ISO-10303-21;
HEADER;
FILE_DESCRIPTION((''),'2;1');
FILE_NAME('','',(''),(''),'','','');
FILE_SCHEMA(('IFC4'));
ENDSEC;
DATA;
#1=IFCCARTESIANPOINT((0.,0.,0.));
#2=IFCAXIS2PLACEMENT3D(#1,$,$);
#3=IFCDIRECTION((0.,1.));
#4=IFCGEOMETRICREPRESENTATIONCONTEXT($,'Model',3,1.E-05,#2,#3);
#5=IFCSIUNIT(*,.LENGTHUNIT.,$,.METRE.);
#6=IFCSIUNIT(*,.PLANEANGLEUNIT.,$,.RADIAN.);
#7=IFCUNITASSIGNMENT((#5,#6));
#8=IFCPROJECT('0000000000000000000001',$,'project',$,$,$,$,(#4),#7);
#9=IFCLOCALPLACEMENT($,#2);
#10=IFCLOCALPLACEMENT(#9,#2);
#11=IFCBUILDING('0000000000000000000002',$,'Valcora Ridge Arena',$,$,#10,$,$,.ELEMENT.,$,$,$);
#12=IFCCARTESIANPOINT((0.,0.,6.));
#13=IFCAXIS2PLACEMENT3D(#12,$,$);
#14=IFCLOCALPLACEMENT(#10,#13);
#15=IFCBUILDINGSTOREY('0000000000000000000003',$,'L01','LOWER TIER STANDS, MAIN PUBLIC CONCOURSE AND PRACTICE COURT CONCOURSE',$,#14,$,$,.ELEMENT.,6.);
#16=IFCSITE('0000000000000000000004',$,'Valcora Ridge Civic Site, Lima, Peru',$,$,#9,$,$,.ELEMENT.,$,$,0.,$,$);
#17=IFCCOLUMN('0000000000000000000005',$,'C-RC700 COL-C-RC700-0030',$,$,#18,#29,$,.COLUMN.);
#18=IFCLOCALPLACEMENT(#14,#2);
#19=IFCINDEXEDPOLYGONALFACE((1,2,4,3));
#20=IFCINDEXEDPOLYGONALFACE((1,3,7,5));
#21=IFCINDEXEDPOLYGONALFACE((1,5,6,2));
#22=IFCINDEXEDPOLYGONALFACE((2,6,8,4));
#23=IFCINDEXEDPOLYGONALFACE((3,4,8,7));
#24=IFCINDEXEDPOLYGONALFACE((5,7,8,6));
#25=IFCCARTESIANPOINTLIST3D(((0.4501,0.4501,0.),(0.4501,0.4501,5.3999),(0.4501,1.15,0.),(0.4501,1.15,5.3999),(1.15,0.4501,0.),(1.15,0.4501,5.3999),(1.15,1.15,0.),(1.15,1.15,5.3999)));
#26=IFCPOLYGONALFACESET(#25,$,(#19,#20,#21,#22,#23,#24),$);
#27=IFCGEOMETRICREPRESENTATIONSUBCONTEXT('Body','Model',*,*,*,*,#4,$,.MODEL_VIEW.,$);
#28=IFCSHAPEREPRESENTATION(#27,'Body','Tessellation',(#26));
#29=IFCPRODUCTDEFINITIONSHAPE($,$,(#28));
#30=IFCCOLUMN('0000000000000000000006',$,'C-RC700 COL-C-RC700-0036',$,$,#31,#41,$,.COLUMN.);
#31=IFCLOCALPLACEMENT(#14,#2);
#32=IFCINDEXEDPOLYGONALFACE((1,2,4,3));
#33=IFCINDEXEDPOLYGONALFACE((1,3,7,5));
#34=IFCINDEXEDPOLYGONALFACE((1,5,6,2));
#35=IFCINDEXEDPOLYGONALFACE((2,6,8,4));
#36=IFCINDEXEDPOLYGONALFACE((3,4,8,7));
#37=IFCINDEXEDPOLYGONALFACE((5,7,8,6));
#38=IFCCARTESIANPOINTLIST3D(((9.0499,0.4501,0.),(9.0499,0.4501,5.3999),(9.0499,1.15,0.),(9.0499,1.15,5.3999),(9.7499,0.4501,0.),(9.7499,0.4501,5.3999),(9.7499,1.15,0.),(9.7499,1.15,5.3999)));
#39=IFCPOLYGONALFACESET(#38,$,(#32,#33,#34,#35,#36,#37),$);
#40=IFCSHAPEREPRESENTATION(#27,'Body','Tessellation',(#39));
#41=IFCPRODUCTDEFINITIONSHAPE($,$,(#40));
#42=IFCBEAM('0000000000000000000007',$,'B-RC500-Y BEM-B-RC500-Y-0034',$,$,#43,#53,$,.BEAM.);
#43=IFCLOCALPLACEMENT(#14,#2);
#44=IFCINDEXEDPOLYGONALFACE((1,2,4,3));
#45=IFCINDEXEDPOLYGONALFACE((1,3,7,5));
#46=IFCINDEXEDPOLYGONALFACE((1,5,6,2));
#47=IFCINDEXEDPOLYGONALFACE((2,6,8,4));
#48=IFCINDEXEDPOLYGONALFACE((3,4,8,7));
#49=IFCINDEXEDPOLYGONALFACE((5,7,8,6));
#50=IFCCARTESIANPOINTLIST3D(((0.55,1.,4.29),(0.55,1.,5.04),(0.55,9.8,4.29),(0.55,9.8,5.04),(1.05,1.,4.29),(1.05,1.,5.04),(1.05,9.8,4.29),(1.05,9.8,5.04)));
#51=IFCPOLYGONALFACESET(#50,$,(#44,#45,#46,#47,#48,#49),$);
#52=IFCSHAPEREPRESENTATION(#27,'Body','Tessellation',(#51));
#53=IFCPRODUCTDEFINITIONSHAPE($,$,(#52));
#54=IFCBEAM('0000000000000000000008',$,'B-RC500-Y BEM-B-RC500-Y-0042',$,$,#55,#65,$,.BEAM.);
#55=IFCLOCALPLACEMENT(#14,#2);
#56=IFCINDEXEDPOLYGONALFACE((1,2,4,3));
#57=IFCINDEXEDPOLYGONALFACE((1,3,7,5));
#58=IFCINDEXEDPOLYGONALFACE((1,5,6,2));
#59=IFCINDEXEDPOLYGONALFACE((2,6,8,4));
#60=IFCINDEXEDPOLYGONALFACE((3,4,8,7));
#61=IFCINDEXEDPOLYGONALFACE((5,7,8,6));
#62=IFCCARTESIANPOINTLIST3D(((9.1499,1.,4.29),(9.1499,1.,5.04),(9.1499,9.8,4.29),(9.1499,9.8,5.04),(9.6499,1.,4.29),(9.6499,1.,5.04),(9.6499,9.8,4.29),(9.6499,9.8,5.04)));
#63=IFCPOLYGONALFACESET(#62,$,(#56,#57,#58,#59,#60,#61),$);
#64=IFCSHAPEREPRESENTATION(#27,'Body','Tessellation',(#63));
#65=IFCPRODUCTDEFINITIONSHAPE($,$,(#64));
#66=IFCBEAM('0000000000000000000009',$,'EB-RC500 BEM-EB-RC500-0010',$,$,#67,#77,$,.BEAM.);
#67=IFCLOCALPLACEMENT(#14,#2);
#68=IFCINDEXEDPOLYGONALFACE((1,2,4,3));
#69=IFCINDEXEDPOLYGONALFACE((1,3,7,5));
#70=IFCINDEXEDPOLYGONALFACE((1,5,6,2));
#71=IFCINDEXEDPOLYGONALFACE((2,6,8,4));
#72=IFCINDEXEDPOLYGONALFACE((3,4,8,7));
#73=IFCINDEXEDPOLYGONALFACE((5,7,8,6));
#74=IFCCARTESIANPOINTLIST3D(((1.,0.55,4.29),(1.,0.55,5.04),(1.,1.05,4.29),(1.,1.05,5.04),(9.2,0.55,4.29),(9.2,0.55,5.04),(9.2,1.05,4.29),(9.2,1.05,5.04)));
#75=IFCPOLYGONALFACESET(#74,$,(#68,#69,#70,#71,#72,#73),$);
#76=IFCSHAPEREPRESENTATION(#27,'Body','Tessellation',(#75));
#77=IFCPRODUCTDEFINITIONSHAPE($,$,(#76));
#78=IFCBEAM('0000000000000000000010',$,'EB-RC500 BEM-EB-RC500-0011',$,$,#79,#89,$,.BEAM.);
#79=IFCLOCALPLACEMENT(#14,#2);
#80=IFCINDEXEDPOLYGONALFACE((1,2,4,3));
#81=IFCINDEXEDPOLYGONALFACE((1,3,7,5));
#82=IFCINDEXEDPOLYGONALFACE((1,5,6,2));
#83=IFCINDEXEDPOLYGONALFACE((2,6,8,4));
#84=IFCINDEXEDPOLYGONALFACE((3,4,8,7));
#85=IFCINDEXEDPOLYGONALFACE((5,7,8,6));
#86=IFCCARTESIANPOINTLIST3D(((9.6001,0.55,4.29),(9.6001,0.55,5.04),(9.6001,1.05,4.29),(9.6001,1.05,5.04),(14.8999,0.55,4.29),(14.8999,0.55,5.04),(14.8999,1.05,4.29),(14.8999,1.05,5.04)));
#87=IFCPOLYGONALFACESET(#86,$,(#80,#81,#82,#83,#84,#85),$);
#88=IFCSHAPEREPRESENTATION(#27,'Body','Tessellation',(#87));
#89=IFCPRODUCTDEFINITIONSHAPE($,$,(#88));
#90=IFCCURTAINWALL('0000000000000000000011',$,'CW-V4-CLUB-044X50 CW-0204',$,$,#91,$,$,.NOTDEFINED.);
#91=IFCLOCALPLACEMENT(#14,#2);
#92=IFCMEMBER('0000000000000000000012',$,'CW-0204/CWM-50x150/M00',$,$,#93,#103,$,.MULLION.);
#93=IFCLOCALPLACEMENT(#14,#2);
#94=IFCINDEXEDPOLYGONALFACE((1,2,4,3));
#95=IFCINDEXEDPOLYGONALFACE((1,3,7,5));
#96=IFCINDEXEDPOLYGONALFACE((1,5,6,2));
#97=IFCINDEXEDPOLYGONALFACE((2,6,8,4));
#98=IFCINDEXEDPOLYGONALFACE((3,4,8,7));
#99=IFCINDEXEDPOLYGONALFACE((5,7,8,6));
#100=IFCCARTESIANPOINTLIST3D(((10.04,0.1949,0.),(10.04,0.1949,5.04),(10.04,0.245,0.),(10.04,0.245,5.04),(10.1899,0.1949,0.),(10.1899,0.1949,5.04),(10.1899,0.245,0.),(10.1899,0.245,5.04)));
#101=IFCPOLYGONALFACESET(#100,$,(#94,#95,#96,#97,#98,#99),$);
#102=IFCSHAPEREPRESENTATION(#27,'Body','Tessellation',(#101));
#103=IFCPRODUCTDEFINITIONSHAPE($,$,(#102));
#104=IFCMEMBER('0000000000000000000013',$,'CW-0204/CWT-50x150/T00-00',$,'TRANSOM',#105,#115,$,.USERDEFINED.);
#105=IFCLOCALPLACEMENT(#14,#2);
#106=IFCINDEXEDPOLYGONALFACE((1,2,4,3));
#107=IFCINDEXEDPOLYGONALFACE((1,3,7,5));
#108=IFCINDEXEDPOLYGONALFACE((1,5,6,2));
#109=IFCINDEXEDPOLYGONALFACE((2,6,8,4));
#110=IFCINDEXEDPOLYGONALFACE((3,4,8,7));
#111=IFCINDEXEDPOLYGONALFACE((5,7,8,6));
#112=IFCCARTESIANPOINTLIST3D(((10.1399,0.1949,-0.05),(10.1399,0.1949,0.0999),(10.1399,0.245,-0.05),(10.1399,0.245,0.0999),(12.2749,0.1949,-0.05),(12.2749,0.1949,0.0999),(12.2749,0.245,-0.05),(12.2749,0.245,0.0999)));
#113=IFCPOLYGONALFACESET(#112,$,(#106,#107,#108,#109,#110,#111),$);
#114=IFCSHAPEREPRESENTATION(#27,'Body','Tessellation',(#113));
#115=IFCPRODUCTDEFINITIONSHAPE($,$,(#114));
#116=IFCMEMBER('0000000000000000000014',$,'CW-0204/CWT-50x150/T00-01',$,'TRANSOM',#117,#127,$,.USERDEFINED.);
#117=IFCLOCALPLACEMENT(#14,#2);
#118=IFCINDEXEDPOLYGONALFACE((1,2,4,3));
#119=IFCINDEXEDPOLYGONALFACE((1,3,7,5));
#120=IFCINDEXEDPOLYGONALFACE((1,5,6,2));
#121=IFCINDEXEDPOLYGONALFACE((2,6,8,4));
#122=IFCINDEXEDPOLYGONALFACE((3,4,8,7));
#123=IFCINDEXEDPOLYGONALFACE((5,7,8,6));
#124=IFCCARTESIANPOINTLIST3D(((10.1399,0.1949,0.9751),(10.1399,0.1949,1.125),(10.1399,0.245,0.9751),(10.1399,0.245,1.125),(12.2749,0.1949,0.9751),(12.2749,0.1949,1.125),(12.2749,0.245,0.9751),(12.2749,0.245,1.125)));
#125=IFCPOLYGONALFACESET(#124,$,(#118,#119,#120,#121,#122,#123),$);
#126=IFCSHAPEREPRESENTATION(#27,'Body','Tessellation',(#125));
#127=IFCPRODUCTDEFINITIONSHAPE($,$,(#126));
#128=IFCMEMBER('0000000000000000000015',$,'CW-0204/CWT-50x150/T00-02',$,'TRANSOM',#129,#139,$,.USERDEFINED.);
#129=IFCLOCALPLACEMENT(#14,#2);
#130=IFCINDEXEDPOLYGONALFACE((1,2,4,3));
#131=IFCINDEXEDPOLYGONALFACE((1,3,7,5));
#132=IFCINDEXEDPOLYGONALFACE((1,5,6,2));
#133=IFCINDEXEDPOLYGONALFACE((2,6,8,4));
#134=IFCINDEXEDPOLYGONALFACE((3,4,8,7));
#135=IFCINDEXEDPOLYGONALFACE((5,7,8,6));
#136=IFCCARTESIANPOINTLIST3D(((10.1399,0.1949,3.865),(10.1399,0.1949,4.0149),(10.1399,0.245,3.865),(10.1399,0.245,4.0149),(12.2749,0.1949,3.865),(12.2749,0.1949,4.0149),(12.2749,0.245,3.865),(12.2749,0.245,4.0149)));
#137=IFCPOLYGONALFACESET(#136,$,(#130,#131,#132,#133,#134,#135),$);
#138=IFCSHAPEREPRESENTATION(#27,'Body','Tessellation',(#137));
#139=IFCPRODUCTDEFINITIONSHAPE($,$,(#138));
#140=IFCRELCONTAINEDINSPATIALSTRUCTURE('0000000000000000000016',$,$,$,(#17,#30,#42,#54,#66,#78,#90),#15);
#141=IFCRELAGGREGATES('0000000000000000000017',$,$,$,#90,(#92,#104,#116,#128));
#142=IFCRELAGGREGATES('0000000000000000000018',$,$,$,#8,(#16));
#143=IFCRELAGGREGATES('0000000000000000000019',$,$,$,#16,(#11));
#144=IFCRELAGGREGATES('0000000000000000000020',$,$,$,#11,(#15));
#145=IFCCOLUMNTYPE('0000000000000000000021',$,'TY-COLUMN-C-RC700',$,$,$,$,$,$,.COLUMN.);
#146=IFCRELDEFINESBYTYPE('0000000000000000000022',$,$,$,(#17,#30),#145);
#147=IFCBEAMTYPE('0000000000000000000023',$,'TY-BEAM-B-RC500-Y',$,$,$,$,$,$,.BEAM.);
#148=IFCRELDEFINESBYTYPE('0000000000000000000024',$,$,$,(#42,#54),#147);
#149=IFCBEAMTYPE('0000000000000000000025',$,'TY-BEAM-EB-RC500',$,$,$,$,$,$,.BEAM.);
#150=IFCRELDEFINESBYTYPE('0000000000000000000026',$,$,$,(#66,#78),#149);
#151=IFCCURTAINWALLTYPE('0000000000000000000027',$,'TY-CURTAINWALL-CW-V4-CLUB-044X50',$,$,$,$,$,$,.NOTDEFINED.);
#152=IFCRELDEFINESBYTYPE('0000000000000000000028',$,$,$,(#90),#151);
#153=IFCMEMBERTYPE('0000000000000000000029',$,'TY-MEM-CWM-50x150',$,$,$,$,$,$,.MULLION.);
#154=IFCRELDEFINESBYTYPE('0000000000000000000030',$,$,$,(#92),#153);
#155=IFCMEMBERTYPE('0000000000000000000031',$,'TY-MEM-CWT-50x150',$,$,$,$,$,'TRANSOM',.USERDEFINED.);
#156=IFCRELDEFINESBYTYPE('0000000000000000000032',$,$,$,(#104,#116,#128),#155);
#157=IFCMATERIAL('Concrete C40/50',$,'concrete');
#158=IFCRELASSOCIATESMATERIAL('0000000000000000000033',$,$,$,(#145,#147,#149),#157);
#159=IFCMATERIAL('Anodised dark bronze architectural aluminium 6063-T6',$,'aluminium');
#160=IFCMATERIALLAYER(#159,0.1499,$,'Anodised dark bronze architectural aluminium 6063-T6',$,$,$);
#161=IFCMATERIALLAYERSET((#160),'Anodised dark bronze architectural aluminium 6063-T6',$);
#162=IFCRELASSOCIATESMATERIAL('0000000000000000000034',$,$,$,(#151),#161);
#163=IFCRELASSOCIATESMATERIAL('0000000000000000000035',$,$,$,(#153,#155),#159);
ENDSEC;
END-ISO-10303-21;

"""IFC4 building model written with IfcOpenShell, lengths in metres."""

from ifc_helpers import new_model, si_unit, direction, frame, origin, origin_2d, place, context, subcontext, project, spatial, rectangle, extrude, material, layer, layer_set, material_profile, profile_set, type_object, element, aggregate, save


model = new_model("IFC4")

# Units and contexts
model_context = context("Model", 3, precision=1e-05, world=origin(), true_north=direction((0.0, 1.0)))
body_context = subcontext(model_context, "Body", "Model", "MODEL_VIEW")
ifc_project = project(units=[si_unit("LENGTHUNIT", "METRE"), si_unit("PLANEANGLEUNIT", "RADIAN")], contexts=[model_context])

# Site, building, storey
site_placement = place(None, origin())
site = spatial("IfcSite", under=ifc_project, at=site_placement, Name="Valcora Ridge Civic Site, Lima, Peru", CompositionType="ELEMENT", RefElevation=0.0)
building_placement = place(site_placement, origin())
building = spatial("IfcBuilding", under=site, at=building_placement, Name="Valcora Ridge Arena", CompositionType="ELEMENT")
storey_placement = place(building_placement, frame((0.0, 0.0, 6.0)))
storey = spatial("IfcBuildingStorey", under=building, at=storey_placement, Name="L01", Description="LOWER TIER STANDS, MAIN PUBLIC CONCOURSE AND PRACTICE COURT CONCOURSE", CompositionType="ELEMENT", Elevation=6.0)

# Columns
ifc_material_1 = material(Name="Concrete C40/50", Category="concrete")
ifc_material_profile_1 = material_profile(ifc_material_1, rectangle(XDim=0.7, YDim=0.7, at=origin_2d()), Name="RC 700x700")
ifc_profile_set_1 = profile_set([ifc_material_profile_1], Name="Concrete C40/50")
column_type = type_object("IfcColumnType", Name="TY-COLUMN-C-RC700", PredefinedType="COLUMN", material=ifc_profile_set_1)
for number, where, z_axis, x_axis, name in (
    (1, (0.8, 0.8, 0.0), (0.0, 0.0, 1.0), (1.0, 0.0, 0.0), "C-RC700 COL-C-RC700-0030"),
    (2, (9.3999, 0.8, 0.0), (0.0, 0.0, 1.0), (1.0, 0.0, 0.0), "C-RC700 COL-C-RC700-0036"),
):
    element("IfcColumn", number, at=place(storey_placement, frame(where, z_axis=z_axis, x_axis=x_axis)), inside=storey, type_object=column_type, Name=name, PredefinedType="COLUMN", context=body_context, shape_type="SweptSolid", body=[
        extrude(rectangle(XDim=0.7, YDim=0.7, at=origin_2d()), origin(), (0.0, 0.0, 1.0), 5.3999),
    ])

# Beams
ifc_material_profile_2 = material_profile(ifc_material_1, rectangle(XDim=0.5, YDim=0.75, at=origin_2d()), Name="RC 500x750")
ifc_profile_set_2 = profile_set([ifc_material_profile_2], Name="Concrete C40/50")
beam_type_1 = type_object("IfcBeamType", Name="TY-BEAM-B-RC500-Y", PredefinedType="BEAM", material=ifc_profile_set_2)
for number, where, z_axis, x_axis, name in (
    (3, (0.8, 1.0, 4.665), (0.0, 1.0, 0.0), (-1.0, 0.0, 0.0), "B-RC500-Y BEM-B-RC500-Y-0034"),
    (4, (9.3999, 1.0, 4.665), (0.0, 1.0, 0.0), (-1.0, 0.0, 0.0), "B-RC500-Y BEM-B-RC500-Y-0042"),
):
    element("IfcBeam", number, at=place(storey_placement, frame(where, z_axis=z_axis, x_axis=x_axis)), inside=storey, type_object=beam_type_1, Name=name, PredefinedType="BEAM", context=body_context, shape_type="SweptSolid", body=[
        extrude(rectangle(XDim=0.5, YDim=0.75, at=origin_2d()), origin(), (0.0, 0.0, 1.0), 8.8),
    ])
ifc_material_profile_3 = material_profile(ifc_material_1, rectangle(XDim=0.5, YDim=0.75, at=origin_2d()), Name="RC 500x750")
ifc_profile_set_3 = profile_set([ifc_material_profile_3], Name="Concrete C40/50")
beam_type_2 = type_object("IfcBeamType", Name="TY-BEAM-EB-RC500", PredefinedType="BEAM", material=ifc_profile_set_3)
beam_1_placement = place(storey_placement, frame((1.0, 0.8, 4.665), z_axis=(1.0, 0.0, 0.0), x_axis=(0.0, 1.0, 0.0)))
element("IfcBeam", 5, at=beam_1_placement, inside=storey, type_object=beam_type_2, Name="EB-RC500 BEM-EB-RC500-0010", PredefinedType="BEAM", context=body_context, shape_type="SweptSolid", body=[
    extrude(rectangle(XDim=0.5, YDim=0.75, at=origin_2d()), origin(), (0.0, 0.0, 1.0), 8.2),
])
beam_2_placement = place(storey_placement, frame((9.6001, 0.8, 4.665), z_axis=(1.0, 0.0, 0.0), x_axis=(0.0, 1.0, 0.0)))
element("IfcBeam", 6, at=beam_2_placement, inside=storey, type_object=beam_type_2, Name="EB-RC500 BEM-EB-RC500-0011", PredefinedType="BEAM", context=body_context, shape_type="SweptSolid", body=[
    extrude(rectangle(XDim=0.5, YDim=0.75, at=origin_2d()), origin(), (0.0, 0.0, 1.0), 5.2998),
])

# Curtain wall, members
ifc_material_2 = material(Name="Anodised dark bronze architectural aluminium 6063-T6", Category="aluminium")
ifc_layer_1 = layer(ifc_material_2, 0.1499, Name="Anodised dark bronze architectural aluminium 6063-T6")
ifc_layer_set_1 = layer_set([ifc_layer_1], Name="Anodised dark bronze architectural aluminium 6063-T6")
curtain_wall_type = type_object("IfcCurtainWallType", Name="TY-CURTAINWALL-CW-V4-CLUB-044X50", PredefinedType="NOTDEFINED", material=ifc_layer_set_1)
curtain_wall_placement = place(storey_placement, origin())
curtain_wall = element("IfcCurtainWall", 7, at=curtain_wall_placement, inside=storey, type_object=curtain_wall_type, Name="CW-V4-CLUB-044X50 CW-0204", PredefinedType="NOTDEFINED")
ifc_material_profile_4 = material_profile(ifc_material_2, rectangle(XDim=0.05, YDim=0.1499, at=origin_2d()), Name="ALU MULLION 50x150")
ifc_profile_set_4 = profile_set([ifc_material_profile_4], Name="Anodised dark bronze architectural aluminium 6063-T6")
member_type_1 = type_object("IfcMemberType", Name="TY-MEM-CWM-50x150", PredefinedType="MULLION", material=ifc_profile_set_4)
member_1_placement = place(storey_placement, frame((10.115, 0.22, 0.0), z_axis=(0.0, 0.0, 1.0), x_axis=(0.0, 1.0, 0.0)))
member_1 = element("IfcMember", 8, at=member_1_placement, type_object=member_type_1, Name="CW-0204/CWM-50x150/M00", PredefinedType="MULLION", context=body_context, shape_type="SweptSolid", body=[
    extrude(rectangle(XDim=0.05, YDim=0.1499, at=origin_2d()), origin(), (0.0, 0.0, 1.0), 5.04),
])
ifc_material_profile_5 = material_profile(ifc_material_2, rectangle(XDim=0.05, YDim=0.1499, at=origin_2d()), Name="ALU TRANSOM 50x150")
ifc_profile_set_5 = profile_set([ifc_material_profile_5], Name="Anodised dark bronze architectural aluminium 6063-T6")
member_type_2 = type_object("IfcMemberType", Name="TY-MEM-CWT-50x150", ElementType="TRANSOM", PredefinedType="USERDEFINED", material=ifc_profile_set_5)
member_2_placement = place(storey_placement, frame((10.1399, 0.22, 0.0249), z_axis=(1.0, 0.0, 0.0), x_axis=(0.0, 1.0, 0.0)))
member_2 = element("IfcMember", 9, at=member_2_placement, type_object=member_type_2, Name="CW-0204/CWT-50x150/T00-00", ObjectType="TRANSOM", PredefinedType="USERDEFINED", context=body_context, shape_type="SweptSolid", body=[
    extrude(rectangle(XDim=0.05, YDim=0.1499, at=origin_2d()), origin(), (0.0, 0.0, 1.0), 2.135),
])
member_3_placement = place(storey_placement, frame((10.1399, 0.22, 1.05), z_axis=(1.0, 0.0, 0.0), x_axis=(0.0, 1.0, 0.0)))
member_3 = element("IfcMember", 10, at=member_3_placement, type_object=member_type_2, Name="CW-0204/CWT-50x150/T00-01", ObjectType="TRANSOM", PredefinedType="USERDEFINED", context=body_context, shape_type="SweptSolid", body=[
    extrude(rectangle(XDim=0.05, YDim=0.1499, at=origin_2d()), origin(), (0.0, 0.0, 1.0), 2.135),
])
member_4_placement = place(storey_placement, frame((10.1399, 0.22, 3.9399), z_axis=(1.0, 0.0, 0.0), x_axis=(0.0, 1.0, 0.0)))
member_4 = element("IfcMember", 11, at=member_4_placement, type_object=member_type_2, Name="CW-0204/CWT-50x150/T00-02", ObjectType="TRANSOM", PredefinedType="USERDEFINED", context=body_context, shape_type="SweptSolid", body=[
    extrude(rectangle(XDim=0.05, YDim=0.1499, at=origin_2d()), origin(), (0.0, 0.0, 1.0), 2.135),
])
aggregate(curtain_wall, [member_1, member_2, member_3, member_4])

save(model, "model.ifc")
